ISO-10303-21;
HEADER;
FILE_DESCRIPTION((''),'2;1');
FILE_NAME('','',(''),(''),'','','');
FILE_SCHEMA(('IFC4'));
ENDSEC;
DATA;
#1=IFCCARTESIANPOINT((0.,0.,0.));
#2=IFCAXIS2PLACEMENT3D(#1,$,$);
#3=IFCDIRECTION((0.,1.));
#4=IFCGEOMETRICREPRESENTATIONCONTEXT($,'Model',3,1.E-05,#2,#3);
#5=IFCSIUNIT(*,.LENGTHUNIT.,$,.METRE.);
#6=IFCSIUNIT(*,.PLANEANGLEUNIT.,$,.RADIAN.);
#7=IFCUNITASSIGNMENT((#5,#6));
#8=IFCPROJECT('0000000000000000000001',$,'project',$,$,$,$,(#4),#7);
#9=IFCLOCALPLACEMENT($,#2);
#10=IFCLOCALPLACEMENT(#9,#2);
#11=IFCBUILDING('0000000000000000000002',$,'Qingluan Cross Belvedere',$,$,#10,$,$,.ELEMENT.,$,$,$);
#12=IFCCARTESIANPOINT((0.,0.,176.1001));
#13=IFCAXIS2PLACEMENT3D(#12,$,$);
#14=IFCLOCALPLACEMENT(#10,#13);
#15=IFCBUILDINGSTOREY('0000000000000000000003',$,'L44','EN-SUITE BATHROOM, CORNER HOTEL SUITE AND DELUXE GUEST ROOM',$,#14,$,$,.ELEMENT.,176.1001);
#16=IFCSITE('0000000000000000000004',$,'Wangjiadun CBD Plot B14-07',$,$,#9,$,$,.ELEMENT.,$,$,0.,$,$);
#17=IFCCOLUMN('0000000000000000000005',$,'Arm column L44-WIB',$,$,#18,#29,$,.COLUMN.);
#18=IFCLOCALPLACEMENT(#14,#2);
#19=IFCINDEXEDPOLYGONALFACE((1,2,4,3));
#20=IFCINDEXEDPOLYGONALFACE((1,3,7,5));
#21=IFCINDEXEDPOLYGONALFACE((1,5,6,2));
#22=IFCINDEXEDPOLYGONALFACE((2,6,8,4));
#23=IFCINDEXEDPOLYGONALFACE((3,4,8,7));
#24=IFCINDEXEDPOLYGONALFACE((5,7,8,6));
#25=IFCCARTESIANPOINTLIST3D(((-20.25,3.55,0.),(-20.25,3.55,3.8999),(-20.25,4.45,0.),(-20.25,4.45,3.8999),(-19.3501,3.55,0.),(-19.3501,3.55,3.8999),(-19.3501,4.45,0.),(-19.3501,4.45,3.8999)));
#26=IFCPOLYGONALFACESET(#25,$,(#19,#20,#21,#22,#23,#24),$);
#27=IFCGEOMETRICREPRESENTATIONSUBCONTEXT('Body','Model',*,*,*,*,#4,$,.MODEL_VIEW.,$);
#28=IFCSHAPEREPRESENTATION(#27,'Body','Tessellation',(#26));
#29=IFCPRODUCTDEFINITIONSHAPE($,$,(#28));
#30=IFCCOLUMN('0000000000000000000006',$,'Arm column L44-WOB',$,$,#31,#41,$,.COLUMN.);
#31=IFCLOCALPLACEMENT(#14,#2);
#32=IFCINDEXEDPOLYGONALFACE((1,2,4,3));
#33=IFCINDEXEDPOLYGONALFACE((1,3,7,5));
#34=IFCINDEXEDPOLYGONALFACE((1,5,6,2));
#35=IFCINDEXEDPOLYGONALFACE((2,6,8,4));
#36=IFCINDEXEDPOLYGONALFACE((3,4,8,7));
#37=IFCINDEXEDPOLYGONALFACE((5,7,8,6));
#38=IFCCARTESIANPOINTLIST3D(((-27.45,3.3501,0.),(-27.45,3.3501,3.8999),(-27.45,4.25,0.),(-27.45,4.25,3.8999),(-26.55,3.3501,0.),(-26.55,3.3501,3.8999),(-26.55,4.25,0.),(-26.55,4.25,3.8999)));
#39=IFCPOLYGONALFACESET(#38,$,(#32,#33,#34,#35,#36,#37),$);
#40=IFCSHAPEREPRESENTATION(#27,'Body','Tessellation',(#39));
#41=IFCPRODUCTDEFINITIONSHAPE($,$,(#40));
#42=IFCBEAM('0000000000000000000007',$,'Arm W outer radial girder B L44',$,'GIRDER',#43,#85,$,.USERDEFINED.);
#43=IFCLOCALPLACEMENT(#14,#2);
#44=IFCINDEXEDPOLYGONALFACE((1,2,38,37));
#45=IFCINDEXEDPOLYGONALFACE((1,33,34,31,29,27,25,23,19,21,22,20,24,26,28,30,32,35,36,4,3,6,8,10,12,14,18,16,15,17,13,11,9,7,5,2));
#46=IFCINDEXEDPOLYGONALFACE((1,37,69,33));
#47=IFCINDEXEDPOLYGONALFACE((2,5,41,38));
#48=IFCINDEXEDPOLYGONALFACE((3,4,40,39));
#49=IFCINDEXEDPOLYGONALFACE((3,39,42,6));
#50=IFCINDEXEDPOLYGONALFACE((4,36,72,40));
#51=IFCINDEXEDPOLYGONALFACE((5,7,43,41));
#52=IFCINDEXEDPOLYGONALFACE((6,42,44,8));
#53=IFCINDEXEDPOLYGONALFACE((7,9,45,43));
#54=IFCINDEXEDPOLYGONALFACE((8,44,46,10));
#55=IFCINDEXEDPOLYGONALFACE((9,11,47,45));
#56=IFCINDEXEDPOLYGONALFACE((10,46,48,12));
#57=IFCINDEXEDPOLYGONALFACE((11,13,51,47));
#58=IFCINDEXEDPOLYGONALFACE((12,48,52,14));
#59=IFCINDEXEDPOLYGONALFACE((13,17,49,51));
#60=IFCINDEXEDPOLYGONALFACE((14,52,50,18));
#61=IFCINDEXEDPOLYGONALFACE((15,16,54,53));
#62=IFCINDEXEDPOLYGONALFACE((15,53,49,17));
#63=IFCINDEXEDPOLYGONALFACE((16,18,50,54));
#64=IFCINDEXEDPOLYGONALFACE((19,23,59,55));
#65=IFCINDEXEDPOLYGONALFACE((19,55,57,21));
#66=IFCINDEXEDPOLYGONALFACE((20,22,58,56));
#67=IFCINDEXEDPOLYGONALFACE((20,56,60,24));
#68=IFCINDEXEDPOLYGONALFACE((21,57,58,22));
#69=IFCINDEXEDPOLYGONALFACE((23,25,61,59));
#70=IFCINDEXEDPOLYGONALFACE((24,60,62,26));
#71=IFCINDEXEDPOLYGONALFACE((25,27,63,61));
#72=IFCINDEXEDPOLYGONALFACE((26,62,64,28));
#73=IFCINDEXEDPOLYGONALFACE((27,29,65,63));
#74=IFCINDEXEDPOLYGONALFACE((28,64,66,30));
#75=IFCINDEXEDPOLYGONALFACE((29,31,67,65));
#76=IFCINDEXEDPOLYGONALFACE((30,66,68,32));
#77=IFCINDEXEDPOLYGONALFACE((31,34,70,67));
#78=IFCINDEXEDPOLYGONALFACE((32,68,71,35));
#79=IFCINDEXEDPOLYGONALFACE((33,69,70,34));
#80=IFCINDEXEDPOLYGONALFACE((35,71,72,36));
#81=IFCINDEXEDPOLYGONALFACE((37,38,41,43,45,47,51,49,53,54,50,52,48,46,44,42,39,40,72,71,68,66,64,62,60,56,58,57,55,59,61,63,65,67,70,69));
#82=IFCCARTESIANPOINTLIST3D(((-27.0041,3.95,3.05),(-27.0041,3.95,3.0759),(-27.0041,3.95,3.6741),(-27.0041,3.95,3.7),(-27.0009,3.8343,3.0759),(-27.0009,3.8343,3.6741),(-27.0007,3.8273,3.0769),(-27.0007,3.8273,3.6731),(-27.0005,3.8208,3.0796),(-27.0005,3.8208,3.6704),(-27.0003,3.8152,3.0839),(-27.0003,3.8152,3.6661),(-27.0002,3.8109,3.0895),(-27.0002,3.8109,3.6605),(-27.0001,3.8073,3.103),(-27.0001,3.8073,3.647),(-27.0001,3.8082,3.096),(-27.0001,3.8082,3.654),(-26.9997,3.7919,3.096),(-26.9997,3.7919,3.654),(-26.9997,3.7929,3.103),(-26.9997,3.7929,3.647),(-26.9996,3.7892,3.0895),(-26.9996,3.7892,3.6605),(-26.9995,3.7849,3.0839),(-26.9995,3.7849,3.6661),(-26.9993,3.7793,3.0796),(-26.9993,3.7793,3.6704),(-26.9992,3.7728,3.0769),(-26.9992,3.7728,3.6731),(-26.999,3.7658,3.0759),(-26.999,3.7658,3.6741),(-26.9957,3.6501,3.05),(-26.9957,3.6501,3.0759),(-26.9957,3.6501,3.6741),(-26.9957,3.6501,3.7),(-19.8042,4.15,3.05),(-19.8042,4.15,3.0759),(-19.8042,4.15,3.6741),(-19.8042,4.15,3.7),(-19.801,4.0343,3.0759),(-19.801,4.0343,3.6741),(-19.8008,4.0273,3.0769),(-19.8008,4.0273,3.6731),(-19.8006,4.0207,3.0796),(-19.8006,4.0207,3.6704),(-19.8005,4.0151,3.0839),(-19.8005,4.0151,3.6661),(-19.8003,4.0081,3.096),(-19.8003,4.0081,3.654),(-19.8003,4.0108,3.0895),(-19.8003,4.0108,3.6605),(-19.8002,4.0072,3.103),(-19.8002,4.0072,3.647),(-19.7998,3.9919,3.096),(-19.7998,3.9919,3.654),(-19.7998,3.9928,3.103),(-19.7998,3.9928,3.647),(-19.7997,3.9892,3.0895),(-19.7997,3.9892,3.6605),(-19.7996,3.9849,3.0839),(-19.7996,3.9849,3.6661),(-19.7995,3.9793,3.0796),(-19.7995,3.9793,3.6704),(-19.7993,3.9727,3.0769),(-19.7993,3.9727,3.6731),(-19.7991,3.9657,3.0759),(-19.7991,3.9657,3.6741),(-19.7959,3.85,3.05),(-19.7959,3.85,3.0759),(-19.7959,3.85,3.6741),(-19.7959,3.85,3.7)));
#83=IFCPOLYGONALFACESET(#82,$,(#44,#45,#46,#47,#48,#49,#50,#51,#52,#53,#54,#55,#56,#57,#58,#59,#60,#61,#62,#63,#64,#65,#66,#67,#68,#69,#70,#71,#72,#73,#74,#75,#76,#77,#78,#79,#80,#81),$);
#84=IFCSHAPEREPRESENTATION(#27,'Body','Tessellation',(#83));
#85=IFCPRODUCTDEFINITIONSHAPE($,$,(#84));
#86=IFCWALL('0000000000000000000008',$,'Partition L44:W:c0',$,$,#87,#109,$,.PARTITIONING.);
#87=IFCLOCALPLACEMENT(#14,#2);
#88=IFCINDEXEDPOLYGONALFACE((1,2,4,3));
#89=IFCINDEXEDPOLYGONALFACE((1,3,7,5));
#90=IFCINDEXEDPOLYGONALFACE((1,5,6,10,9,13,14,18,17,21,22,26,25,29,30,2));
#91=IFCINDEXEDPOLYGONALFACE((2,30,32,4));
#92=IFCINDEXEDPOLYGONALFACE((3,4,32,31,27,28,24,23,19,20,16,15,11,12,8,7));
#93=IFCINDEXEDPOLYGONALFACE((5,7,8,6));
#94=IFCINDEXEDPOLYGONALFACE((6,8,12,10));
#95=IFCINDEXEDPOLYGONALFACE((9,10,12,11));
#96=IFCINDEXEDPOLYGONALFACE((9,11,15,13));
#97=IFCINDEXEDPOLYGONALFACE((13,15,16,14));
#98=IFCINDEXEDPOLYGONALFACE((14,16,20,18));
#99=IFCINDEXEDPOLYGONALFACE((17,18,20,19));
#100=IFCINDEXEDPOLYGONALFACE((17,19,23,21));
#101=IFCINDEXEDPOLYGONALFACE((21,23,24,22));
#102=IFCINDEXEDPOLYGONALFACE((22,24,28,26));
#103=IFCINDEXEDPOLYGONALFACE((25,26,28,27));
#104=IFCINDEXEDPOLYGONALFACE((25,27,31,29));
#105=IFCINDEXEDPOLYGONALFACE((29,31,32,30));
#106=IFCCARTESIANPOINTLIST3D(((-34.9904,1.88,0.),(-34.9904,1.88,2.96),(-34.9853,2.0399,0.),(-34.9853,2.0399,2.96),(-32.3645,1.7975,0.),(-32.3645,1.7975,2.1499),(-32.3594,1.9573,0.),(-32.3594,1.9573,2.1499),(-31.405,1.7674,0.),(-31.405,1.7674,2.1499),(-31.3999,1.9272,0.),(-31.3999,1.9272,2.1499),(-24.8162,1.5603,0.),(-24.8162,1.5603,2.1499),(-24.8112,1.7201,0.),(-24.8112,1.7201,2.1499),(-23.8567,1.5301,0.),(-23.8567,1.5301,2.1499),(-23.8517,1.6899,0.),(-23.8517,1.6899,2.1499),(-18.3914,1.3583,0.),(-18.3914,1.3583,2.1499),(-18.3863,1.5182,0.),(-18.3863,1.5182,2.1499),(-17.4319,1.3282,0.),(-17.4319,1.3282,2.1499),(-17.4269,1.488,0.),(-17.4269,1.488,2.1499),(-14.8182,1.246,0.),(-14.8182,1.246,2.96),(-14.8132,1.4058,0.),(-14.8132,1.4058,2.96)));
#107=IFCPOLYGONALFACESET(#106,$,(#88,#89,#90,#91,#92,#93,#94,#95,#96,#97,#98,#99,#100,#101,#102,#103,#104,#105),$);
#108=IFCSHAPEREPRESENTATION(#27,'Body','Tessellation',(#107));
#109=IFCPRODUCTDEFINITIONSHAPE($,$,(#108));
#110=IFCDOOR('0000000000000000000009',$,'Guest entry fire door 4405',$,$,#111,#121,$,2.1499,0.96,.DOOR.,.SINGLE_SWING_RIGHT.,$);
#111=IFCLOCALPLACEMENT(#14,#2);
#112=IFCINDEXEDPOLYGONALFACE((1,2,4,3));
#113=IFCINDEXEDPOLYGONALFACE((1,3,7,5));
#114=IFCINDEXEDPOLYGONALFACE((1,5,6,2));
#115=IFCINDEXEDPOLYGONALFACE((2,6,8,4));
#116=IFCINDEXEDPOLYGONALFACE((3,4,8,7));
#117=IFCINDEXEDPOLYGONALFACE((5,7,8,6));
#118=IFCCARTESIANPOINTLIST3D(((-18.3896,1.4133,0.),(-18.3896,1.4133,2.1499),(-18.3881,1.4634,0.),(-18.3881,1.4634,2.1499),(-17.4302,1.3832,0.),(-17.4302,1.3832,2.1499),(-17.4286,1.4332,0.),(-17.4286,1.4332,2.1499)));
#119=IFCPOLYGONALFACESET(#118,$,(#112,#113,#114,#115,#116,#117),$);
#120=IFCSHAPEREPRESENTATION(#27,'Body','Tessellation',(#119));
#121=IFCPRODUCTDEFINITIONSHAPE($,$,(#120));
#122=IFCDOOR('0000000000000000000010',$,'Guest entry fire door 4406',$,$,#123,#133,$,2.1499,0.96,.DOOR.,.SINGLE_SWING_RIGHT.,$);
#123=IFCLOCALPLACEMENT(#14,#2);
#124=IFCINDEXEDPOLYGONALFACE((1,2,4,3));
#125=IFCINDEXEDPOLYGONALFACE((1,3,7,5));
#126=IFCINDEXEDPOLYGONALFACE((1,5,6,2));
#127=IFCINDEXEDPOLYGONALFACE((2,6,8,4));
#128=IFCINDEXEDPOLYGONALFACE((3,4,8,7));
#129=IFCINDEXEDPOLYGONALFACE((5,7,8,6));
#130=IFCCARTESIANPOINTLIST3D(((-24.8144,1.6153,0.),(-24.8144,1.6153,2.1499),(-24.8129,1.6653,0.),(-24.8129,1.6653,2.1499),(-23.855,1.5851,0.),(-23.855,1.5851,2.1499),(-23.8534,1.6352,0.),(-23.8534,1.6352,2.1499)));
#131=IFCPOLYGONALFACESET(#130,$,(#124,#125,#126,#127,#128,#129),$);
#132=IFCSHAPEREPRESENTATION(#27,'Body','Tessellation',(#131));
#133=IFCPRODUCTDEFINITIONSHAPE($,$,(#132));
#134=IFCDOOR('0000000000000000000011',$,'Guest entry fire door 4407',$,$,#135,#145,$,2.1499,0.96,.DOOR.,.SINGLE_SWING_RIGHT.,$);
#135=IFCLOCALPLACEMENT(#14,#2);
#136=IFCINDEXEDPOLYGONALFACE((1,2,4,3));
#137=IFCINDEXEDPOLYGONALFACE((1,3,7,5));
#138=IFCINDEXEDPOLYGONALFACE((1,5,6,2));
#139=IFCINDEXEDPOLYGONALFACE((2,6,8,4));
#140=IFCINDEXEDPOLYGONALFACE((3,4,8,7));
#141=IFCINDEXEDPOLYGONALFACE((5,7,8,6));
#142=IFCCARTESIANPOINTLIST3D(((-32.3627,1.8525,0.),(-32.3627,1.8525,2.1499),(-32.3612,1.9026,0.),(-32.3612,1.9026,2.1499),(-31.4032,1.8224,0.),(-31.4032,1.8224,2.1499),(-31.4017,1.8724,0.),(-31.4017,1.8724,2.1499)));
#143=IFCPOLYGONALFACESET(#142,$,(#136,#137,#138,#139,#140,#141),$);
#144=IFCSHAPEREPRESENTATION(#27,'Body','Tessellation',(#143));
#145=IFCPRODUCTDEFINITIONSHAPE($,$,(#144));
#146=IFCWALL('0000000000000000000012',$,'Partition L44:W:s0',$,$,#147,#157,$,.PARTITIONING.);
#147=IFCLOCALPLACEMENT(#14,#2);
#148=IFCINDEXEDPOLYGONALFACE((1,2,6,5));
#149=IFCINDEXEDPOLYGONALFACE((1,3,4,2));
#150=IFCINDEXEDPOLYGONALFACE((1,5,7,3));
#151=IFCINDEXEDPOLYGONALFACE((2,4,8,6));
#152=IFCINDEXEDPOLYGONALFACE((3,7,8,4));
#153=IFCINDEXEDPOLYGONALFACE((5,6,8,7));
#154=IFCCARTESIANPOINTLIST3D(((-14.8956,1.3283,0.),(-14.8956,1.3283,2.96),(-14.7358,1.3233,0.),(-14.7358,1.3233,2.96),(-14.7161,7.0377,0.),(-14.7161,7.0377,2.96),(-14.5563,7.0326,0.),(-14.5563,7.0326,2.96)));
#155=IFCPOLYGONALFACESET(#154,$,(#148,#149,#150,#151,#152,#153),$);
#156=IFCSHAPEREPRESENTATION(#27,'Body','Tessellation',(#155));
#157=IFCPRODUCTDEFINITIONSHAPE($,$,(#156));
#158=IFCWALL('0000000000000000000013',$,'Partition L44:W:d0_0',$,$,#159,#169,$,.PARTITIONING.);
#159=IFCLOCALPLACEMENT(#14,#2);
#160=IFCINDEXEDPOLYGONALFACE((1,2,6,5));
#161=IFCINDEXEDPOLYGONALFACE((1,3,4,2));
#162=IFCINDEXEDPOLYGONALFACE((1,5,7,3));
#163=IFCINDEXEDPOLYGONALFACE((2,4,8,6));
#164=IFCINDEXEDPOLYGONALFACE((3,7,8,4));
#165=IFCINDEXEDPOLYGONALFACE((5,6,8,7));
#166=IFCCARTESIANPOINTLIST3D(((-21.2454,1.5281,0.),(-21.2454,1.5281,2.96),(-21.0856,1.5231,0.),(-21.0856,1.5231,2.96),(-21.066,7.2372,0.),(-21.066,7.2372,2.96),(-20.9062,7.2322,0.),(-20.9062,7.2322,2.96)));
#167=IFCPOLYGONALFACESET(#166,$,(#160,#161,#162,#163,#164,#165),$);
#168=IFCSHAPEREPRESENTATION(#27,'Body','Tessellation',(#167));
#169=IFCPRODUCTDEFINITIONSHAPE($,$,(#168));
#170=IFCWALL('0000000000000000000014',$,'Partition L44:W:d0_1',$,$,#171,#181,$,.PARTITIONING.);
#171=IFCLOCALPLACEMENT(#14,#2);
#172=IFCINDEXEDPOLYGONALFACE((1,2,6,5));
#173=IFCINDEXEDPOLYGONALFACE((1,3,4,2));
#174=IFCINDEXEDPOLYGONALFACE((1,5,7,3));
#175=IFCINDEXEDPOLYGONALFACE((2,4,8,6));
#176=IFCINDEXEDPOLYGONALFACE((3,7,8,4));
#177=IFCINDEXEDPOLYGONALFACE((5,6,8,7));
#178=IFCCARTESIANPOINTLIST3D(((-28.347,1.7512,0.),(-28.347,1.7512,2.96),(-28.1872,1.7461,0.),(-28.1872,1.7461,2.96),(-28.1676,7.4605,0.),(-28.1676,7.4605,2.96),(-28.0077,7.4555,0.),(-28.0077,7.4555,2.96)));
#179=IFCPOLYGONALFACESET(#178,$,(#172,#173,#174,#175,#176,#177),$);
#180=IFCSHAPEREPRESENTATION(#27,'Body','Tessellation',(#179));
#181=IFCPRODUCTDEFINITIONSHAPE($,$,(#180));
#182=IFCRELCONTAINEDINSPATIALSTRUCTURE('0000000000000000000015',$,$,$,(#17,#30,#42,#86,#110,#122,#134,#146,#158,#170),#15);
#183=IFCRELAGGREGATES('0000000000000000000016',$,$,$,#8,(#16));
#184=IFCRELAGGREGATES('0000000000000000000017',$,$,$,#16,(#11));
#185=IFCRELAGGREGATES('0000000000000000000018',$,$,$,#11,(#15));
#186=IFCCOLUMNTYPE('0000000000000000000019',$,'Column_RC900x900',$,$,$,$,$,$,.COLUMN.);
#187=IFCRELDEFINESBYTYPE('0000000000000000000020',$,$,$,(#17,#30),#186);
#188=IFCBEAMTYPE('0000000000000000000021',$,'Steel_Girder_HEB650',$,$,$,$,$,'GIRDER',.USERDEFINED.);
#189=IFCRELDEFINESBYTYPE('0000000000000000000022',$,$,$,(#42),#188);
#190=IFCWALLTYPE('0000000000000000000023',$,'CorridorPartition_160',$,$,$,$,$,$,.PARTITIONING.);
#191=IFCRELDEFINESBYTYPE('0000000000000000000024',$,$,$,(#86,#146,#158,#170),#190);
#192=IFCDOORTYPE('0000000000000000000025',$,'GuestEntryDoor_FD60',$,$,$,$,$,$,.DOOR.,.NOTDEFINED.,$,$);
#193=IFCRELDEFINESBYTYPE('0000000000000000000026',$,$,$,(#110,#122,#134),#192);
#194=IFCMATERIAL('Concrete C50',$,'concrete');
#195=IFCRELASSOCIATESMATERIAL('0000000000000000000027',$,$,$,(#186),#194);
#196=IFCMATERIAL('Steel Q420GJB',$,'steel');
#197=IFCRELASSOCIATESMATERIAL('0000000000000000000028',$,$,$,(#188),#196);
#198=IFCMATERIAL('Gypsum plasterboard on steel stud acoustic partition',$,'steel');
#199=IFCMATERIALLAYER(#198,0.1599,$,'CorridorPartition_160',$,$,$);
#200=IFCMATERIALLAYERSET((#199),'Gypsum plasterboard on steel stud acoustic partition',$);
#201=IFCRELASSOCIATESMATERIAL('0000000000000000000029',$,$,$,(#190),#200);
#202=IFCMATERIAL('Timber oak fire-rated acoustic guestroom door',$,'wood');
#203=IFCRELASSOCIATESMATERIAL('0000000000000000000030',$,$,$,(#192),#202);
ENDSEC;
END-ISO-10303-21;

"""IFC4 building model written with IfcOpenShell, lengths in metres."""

from ifc_helpers import new_model, si_unit, direction, frame, frame_2d, origin, origin_2d, place, context, subcontext, project, spatial, rectangle, i_section, extrude, material, layer, layer_set, material_profile, profile_set, type_object, element, fill, save


model = new_model("IFC4")

# Units and contexts
model_context = context("Model", 3, precision=1e-05, world=origin(), true_north=direction((0.0, 1.0)))
body_context = subcontext(model_context, "Body", "Model", "MODEL_VIEW")
ifc_project = project(units=[si_unit("LENGTHUNIT", "METRE"), si_unit("PLANEANGLEUNIT", "RADIAN")], contexts=[model_context])

# Site, building, storey
site_placement = place(None, origin())
site = spatial("IfcSite", under=ifc_project, at=site_placement, Name="Wangjiadun CBD Plot B14-07", CompositionType="ELEMENT", RefElevation=0.0)
building_placement = place(site_placement, origin())
building = spatial("IfcBuilding", under=site, at=building_placement, Name="Qingluan Cross Belvedere", CompositionType="ELEMENT")
storey_placement = place(building_placement, frame((0.0, 0.0, 176.1001)))
storey = spatial("IfcBuildingStorey", under=building, at=storey_placement, Name="L44", Description="EN-SUITE BATHROOM, CORNER HOTEL SUITE AND DELUXE GUEST ROOM", CompositionType="ELEMENT", Elevation=176.1001)

# Columns
ifc_material_1 = material(Name="Concrete C50", Category="concrete")
ifc_material_profile_1 = material_profile(ifc_material_1, rectangle(XDim=0.8999, YDim=0.8999, at=origin_2d()), Name="RC900x900")
ifc_profile_set_1 = profile_set([ifc_material_profile_1], Name="Concrete C50")
column_type = type_object("IfcColumnType", Name="Column_RC900x900", PredefinedType="COLUMN", material=ifc_profile_set_1)
for number, where, z_axis, x_axis, name in (
    (1, (-19.8, 4.0, 0.0), (0.0, 0.0, 1.0), (1.0, 0.0, 0.0), "Arm column L44-WIB"),
    (2, (-27.0, 3.8, 0.0), (0.0, 0.0, 1.0), (1.0, 0.0, 0.0), "Arm column L44-WOB"),
):
    element("IfcColumn", number, at=place(storey_placement, frame(where, z_axis=z_axis, x_axis=x_axis)), inside=storey, type_object=column_type, Name=name, PredefinedType="COLUMN", context=body_context, shape_type="SweptSolid", body=[
        extrude(rectangle(XDim=0.8999, YDim=0.8999, at=origin_2d()), origin(), (0.0, 0.0, 1.0), 3.8999),
    ])

# Beam
ifc_material_2 = material(Name="Steel Q420GJB", Category="steel")
ifc_material_profile_2 = material_profile(ifc_material_2, i_section(OverallWidth=0.3, OverallDepth=0.6499, WebThickness=0.0144, FlangeThickness=0.0259, FilletRadius=0.0271, at=origin_2d()), Name="HEB650")
ifc_profile_set_2 = profile_set([ifc_material_profile_2], Name="Steel Q420GJB")
beam_type = type_object("IfcBeamType", Name="Steel_Girder_HEB650", ElementType="GIRDER", PredefinedType="USERDEFINED", material=ifc_profile_set_2)
beam_placement = place(storey_placement, frame((-19.8, 4.0, 3.375), z_axis=(-0.999615, -0.02776, 0.0), x_axis=(0.02776, -0.999615, 0.0)))
element("IfcBeam", 3, at=beam_placement, inside=storey, type_object=beam_type, Name="Arm W outer radial girder B L44", ObjectType="GIRDER", PredefinedType="USERDEFINED", context=body_context, shape_type="SweptSolid", body=[
    extrude(i_section(OverallWidth=0.3, OverallDepth=0.6499, WebThickness=0.0144, FlangeThickness=0.0259, FilletRadius=0.0271, at=origin_2d()), origin(), (0.0, 0.0, 1.0), 7.2026),
])

# Wall, openings, doors
ifc_material_3 = material(Name="Gypsum plasterboard on steel stud acoustic partition", Category="steel")
ifc_layer_1 = layer(ifc_material_3, 0.1599, Name="CorridorPartition_160")
ifc_layer_set_1 = layer_set([ifc_layer_1], Name="Gypsum plasterboard on steel stud acoustic partition")
wall_type_1 = type_object("IfcWallType", Name="CorridorPartition_160", PredefinedType="PARTITIONING", material=ifc_layer_set_1)
wall_1_placement = place(storey_placement, frame((-14.8157, 1.3259, 0.0), z_axis=(0.0, 0.0, 1.0), x_axis=(-0.999506, 0.031416, 0.0)))
wall_1 = element("IfcWall", 4, at=wall_1_placement, inside=storey, type_object=wall_type_1, Name="Partition L44:W:c0", PredefinedType="PARTITIONING", context=body_context, shape_type="SweptSolid", body=[
    extrude(rectangle(XDim=20.1821, YDim=0.1599, at=frame_2d((10.0911, 0.0))), origin(), (0.0, 0.0, 1.0), 2.96),
])
opening_1_placement = place(wall_1_placement, frame((2.615, 0.0, 0.0)))
opening_1 = element("IfcOpeningElement", 5, at=opening_1_placement, cuts=wall_1, PredefinedType="OPENING", context=body_context, shape_type="SweptSolid", body=[
    extrude(rectangle(XDim=0.96, YDim=2.1499, at=frame_2d((0.48, 1.075))), frame((0.0, 0.0898, 0.0), z_axis=(0.0, -1.0, 0.0), x_axis=(1.0, 0.0, 0.0)), (0.0, 0.0, 1.0), 0.1799),
])
opening_2_placement = place(wall_1_placement, frame((9.043, 0.0, 0.0)))
opening_2 = element("IfcOpeningElement", 6, at=opening_2_placement, cuts=wall_1, PredefinedType="OPENING", context=body_context, shape_type="SweptSolid", body=[
    extrude(rectangle(XDim=0.96, YDim=2.1499, at=frame_2d((0.48, 1.075))), frame((0.0, 0.0898, 0.0), z_axis=(0.0, -1.0, 0.0), x_axis=(1.0, 0.0, 0.0)), (0.0, 0.0, 1.0), 0.1799),
])
opening_3_placement = place(wall_1_placement, frame((16.595, 0.0, 0.0)))
opening_3 = element("IfcOpeningElement", 7, at=opening_3_placement, cuts=wall_1, PredefinedType="OPENING", context=body_context, shape_type="SweptSolid", body=[
    extrude(rectangle(XDim=0.96, YDim=2.1499, at=frame_2d((0.48, 1.075))), frame((0.0, 0.0898, 0.0), z_axis=(0.0, -1.0, 0.0), x_axis=(1.0, 0.0, 0.0)), (0.0, 0.0, 1.0), 0.1799),
])
ifc_material_4 = material(Name="Timber oak fire-rated acoustic guestroom door", Category="wood")
door_type_1 = type_object("IfcDoorType", Name="GuestEntryDoor_FD60", OperationType="NOTDEFINED", PredefinedType="DOOR", material=ifc_material_4)
door_1_placement = place(opening_1_placement, origin())
door_1 = element("IfcDoor", 8, at=door_1_placement, inside=storey, type_object=door_type_1, Name="Guest entry fire door 4405", OperationType="SINGLE_SWING_RIGHT", OverallHeight=2.1499, OverallWidth=0.96, PredefinedType="DOOR", context=body_context, shape_type="SweptSolid", body=[
    extrude(rectangle(XDim=0.96, YDim=2.1499, at=frame_2d((0.48, 1.075))), frame((0.0, 0.0249, 0.0), z_axis=(0.0, -1.0, 0.0), x_axis=(1.0, 0.0, 0.0)), (0.0, 0.0, 1.0), 0.05),
])
fill(opening_1, door_1)
door_2_placement = place(opening_2_placement, origin())
door_2 = element("IfcDoor", 9, at=door_2_placement, inside=storey, type_object=door_type_1, Name="Guest entry fire door 4406", OperationType="SINGLE_SWING_RIGHT", OverallHeight=2.1499, OverallWidth=0.96, PredefinedType="DOOR", context=body_context, shape_type="SweptSolid", body=[
    extrude(rectangle(XDim=0.96, YDim=2.1499, at=frame_2d((0.48, 1.075))), frame((0.0, 0.0249, 0.0), z_axis=(0.0, -1.0, 0.0), x_axis=(1.0, 0.0, 0.0)), (0.0, 0.0, 1.0), 0.05),
])
fill(opening_2, door_2)
door_3_placement = place(opening_3_placement, origin())
door_3 = element("IfcDoor", 10, at=door_3_placement, inside=storey, type_object=door_type_1, Name="Guest entry fire door 4407", OperationType="SINGLE_SWING_RIGHT", OverallHeight=2.1499, OverallWidth=0.96, PredefinedType="DOOR", context=body_context, shape_type="SweptSolid", body=[
    extrude(rectangle(XDim=0.96, YDim=2.1499, at=frame_2d((0.48, 1.075))), frame((0.0, 0.0249, 0.0), z_axis=(0.0, -1.0, 0.0), x_axis=(1.0, 0.0, 0.0)), (0.0, 0.0, 1.0), 0.05),
])
fill(opening_3, door_3)

# Walls
wall_2_placement = place(storey_placement, frame((-14.8157, 1.3259, 0.0), z_axis=(0.0, 0.0, 1.0), x_axis=(0.031415, 0.999506, 0.0)))
element("IfcWall", 11, at=wall_2_placement, inside=storey, type_object=wall_type_1, Name="Partition L44:W:s0", PredefinedType="PARTITIONING", context=body_context, shape_type="SweptSolid", body=[
    extrude(rectangle(XDim=5.7122, YDim=0.1599, at=frame_2d((2.856, 0.0))), origin(), (0.0, 0.0, 1.0), 2.96),
])
wall_3_placement = place(storey_placement, frame((-21.1655, 1.5256, 0.0), z_axis=(0.0, 0.0, 1.0), x_axis=(0.031416, 0.999506, 0.0)))
element("IfcWall", 12, at=wall_3_placement, inside=storey, type_object=wall_type_1, Name="Partition L44:W:d0_0", PredefinedType="PARTITIONING", context=body_context, shape_type="SweptSolid", body=[
    extrude(rectangle(XDim=5.7119, YDim=0.1599, at=frame_2d((2.856, 0.0))), origin(), (0.0, 0.0, 1.0), 2.96),
])
wall_4_placement = place(storey_placement, frame((-28.2671, 1.7488, 0.0), z_axis=(0.0, 0.0, 1.0), x_axis=(0.031415, 0.999506, 0.0)))
element("IfcWall", 13, at=wall_4_placement, inside=storey, type_object=wall_type_1, Name="Partition L44:W:d0_1", PredefinedType="PARTITIONING", context=body_context, shape_type="SweptSolid", body=[
    extrude(rectangle(XDim=5.7122, YDim=0.1599, at=frame_2d((2.856, 0.0))), origin(), (0.0, 0.0, 1.0), 2.96),
])

save(model, "model.ifc")
